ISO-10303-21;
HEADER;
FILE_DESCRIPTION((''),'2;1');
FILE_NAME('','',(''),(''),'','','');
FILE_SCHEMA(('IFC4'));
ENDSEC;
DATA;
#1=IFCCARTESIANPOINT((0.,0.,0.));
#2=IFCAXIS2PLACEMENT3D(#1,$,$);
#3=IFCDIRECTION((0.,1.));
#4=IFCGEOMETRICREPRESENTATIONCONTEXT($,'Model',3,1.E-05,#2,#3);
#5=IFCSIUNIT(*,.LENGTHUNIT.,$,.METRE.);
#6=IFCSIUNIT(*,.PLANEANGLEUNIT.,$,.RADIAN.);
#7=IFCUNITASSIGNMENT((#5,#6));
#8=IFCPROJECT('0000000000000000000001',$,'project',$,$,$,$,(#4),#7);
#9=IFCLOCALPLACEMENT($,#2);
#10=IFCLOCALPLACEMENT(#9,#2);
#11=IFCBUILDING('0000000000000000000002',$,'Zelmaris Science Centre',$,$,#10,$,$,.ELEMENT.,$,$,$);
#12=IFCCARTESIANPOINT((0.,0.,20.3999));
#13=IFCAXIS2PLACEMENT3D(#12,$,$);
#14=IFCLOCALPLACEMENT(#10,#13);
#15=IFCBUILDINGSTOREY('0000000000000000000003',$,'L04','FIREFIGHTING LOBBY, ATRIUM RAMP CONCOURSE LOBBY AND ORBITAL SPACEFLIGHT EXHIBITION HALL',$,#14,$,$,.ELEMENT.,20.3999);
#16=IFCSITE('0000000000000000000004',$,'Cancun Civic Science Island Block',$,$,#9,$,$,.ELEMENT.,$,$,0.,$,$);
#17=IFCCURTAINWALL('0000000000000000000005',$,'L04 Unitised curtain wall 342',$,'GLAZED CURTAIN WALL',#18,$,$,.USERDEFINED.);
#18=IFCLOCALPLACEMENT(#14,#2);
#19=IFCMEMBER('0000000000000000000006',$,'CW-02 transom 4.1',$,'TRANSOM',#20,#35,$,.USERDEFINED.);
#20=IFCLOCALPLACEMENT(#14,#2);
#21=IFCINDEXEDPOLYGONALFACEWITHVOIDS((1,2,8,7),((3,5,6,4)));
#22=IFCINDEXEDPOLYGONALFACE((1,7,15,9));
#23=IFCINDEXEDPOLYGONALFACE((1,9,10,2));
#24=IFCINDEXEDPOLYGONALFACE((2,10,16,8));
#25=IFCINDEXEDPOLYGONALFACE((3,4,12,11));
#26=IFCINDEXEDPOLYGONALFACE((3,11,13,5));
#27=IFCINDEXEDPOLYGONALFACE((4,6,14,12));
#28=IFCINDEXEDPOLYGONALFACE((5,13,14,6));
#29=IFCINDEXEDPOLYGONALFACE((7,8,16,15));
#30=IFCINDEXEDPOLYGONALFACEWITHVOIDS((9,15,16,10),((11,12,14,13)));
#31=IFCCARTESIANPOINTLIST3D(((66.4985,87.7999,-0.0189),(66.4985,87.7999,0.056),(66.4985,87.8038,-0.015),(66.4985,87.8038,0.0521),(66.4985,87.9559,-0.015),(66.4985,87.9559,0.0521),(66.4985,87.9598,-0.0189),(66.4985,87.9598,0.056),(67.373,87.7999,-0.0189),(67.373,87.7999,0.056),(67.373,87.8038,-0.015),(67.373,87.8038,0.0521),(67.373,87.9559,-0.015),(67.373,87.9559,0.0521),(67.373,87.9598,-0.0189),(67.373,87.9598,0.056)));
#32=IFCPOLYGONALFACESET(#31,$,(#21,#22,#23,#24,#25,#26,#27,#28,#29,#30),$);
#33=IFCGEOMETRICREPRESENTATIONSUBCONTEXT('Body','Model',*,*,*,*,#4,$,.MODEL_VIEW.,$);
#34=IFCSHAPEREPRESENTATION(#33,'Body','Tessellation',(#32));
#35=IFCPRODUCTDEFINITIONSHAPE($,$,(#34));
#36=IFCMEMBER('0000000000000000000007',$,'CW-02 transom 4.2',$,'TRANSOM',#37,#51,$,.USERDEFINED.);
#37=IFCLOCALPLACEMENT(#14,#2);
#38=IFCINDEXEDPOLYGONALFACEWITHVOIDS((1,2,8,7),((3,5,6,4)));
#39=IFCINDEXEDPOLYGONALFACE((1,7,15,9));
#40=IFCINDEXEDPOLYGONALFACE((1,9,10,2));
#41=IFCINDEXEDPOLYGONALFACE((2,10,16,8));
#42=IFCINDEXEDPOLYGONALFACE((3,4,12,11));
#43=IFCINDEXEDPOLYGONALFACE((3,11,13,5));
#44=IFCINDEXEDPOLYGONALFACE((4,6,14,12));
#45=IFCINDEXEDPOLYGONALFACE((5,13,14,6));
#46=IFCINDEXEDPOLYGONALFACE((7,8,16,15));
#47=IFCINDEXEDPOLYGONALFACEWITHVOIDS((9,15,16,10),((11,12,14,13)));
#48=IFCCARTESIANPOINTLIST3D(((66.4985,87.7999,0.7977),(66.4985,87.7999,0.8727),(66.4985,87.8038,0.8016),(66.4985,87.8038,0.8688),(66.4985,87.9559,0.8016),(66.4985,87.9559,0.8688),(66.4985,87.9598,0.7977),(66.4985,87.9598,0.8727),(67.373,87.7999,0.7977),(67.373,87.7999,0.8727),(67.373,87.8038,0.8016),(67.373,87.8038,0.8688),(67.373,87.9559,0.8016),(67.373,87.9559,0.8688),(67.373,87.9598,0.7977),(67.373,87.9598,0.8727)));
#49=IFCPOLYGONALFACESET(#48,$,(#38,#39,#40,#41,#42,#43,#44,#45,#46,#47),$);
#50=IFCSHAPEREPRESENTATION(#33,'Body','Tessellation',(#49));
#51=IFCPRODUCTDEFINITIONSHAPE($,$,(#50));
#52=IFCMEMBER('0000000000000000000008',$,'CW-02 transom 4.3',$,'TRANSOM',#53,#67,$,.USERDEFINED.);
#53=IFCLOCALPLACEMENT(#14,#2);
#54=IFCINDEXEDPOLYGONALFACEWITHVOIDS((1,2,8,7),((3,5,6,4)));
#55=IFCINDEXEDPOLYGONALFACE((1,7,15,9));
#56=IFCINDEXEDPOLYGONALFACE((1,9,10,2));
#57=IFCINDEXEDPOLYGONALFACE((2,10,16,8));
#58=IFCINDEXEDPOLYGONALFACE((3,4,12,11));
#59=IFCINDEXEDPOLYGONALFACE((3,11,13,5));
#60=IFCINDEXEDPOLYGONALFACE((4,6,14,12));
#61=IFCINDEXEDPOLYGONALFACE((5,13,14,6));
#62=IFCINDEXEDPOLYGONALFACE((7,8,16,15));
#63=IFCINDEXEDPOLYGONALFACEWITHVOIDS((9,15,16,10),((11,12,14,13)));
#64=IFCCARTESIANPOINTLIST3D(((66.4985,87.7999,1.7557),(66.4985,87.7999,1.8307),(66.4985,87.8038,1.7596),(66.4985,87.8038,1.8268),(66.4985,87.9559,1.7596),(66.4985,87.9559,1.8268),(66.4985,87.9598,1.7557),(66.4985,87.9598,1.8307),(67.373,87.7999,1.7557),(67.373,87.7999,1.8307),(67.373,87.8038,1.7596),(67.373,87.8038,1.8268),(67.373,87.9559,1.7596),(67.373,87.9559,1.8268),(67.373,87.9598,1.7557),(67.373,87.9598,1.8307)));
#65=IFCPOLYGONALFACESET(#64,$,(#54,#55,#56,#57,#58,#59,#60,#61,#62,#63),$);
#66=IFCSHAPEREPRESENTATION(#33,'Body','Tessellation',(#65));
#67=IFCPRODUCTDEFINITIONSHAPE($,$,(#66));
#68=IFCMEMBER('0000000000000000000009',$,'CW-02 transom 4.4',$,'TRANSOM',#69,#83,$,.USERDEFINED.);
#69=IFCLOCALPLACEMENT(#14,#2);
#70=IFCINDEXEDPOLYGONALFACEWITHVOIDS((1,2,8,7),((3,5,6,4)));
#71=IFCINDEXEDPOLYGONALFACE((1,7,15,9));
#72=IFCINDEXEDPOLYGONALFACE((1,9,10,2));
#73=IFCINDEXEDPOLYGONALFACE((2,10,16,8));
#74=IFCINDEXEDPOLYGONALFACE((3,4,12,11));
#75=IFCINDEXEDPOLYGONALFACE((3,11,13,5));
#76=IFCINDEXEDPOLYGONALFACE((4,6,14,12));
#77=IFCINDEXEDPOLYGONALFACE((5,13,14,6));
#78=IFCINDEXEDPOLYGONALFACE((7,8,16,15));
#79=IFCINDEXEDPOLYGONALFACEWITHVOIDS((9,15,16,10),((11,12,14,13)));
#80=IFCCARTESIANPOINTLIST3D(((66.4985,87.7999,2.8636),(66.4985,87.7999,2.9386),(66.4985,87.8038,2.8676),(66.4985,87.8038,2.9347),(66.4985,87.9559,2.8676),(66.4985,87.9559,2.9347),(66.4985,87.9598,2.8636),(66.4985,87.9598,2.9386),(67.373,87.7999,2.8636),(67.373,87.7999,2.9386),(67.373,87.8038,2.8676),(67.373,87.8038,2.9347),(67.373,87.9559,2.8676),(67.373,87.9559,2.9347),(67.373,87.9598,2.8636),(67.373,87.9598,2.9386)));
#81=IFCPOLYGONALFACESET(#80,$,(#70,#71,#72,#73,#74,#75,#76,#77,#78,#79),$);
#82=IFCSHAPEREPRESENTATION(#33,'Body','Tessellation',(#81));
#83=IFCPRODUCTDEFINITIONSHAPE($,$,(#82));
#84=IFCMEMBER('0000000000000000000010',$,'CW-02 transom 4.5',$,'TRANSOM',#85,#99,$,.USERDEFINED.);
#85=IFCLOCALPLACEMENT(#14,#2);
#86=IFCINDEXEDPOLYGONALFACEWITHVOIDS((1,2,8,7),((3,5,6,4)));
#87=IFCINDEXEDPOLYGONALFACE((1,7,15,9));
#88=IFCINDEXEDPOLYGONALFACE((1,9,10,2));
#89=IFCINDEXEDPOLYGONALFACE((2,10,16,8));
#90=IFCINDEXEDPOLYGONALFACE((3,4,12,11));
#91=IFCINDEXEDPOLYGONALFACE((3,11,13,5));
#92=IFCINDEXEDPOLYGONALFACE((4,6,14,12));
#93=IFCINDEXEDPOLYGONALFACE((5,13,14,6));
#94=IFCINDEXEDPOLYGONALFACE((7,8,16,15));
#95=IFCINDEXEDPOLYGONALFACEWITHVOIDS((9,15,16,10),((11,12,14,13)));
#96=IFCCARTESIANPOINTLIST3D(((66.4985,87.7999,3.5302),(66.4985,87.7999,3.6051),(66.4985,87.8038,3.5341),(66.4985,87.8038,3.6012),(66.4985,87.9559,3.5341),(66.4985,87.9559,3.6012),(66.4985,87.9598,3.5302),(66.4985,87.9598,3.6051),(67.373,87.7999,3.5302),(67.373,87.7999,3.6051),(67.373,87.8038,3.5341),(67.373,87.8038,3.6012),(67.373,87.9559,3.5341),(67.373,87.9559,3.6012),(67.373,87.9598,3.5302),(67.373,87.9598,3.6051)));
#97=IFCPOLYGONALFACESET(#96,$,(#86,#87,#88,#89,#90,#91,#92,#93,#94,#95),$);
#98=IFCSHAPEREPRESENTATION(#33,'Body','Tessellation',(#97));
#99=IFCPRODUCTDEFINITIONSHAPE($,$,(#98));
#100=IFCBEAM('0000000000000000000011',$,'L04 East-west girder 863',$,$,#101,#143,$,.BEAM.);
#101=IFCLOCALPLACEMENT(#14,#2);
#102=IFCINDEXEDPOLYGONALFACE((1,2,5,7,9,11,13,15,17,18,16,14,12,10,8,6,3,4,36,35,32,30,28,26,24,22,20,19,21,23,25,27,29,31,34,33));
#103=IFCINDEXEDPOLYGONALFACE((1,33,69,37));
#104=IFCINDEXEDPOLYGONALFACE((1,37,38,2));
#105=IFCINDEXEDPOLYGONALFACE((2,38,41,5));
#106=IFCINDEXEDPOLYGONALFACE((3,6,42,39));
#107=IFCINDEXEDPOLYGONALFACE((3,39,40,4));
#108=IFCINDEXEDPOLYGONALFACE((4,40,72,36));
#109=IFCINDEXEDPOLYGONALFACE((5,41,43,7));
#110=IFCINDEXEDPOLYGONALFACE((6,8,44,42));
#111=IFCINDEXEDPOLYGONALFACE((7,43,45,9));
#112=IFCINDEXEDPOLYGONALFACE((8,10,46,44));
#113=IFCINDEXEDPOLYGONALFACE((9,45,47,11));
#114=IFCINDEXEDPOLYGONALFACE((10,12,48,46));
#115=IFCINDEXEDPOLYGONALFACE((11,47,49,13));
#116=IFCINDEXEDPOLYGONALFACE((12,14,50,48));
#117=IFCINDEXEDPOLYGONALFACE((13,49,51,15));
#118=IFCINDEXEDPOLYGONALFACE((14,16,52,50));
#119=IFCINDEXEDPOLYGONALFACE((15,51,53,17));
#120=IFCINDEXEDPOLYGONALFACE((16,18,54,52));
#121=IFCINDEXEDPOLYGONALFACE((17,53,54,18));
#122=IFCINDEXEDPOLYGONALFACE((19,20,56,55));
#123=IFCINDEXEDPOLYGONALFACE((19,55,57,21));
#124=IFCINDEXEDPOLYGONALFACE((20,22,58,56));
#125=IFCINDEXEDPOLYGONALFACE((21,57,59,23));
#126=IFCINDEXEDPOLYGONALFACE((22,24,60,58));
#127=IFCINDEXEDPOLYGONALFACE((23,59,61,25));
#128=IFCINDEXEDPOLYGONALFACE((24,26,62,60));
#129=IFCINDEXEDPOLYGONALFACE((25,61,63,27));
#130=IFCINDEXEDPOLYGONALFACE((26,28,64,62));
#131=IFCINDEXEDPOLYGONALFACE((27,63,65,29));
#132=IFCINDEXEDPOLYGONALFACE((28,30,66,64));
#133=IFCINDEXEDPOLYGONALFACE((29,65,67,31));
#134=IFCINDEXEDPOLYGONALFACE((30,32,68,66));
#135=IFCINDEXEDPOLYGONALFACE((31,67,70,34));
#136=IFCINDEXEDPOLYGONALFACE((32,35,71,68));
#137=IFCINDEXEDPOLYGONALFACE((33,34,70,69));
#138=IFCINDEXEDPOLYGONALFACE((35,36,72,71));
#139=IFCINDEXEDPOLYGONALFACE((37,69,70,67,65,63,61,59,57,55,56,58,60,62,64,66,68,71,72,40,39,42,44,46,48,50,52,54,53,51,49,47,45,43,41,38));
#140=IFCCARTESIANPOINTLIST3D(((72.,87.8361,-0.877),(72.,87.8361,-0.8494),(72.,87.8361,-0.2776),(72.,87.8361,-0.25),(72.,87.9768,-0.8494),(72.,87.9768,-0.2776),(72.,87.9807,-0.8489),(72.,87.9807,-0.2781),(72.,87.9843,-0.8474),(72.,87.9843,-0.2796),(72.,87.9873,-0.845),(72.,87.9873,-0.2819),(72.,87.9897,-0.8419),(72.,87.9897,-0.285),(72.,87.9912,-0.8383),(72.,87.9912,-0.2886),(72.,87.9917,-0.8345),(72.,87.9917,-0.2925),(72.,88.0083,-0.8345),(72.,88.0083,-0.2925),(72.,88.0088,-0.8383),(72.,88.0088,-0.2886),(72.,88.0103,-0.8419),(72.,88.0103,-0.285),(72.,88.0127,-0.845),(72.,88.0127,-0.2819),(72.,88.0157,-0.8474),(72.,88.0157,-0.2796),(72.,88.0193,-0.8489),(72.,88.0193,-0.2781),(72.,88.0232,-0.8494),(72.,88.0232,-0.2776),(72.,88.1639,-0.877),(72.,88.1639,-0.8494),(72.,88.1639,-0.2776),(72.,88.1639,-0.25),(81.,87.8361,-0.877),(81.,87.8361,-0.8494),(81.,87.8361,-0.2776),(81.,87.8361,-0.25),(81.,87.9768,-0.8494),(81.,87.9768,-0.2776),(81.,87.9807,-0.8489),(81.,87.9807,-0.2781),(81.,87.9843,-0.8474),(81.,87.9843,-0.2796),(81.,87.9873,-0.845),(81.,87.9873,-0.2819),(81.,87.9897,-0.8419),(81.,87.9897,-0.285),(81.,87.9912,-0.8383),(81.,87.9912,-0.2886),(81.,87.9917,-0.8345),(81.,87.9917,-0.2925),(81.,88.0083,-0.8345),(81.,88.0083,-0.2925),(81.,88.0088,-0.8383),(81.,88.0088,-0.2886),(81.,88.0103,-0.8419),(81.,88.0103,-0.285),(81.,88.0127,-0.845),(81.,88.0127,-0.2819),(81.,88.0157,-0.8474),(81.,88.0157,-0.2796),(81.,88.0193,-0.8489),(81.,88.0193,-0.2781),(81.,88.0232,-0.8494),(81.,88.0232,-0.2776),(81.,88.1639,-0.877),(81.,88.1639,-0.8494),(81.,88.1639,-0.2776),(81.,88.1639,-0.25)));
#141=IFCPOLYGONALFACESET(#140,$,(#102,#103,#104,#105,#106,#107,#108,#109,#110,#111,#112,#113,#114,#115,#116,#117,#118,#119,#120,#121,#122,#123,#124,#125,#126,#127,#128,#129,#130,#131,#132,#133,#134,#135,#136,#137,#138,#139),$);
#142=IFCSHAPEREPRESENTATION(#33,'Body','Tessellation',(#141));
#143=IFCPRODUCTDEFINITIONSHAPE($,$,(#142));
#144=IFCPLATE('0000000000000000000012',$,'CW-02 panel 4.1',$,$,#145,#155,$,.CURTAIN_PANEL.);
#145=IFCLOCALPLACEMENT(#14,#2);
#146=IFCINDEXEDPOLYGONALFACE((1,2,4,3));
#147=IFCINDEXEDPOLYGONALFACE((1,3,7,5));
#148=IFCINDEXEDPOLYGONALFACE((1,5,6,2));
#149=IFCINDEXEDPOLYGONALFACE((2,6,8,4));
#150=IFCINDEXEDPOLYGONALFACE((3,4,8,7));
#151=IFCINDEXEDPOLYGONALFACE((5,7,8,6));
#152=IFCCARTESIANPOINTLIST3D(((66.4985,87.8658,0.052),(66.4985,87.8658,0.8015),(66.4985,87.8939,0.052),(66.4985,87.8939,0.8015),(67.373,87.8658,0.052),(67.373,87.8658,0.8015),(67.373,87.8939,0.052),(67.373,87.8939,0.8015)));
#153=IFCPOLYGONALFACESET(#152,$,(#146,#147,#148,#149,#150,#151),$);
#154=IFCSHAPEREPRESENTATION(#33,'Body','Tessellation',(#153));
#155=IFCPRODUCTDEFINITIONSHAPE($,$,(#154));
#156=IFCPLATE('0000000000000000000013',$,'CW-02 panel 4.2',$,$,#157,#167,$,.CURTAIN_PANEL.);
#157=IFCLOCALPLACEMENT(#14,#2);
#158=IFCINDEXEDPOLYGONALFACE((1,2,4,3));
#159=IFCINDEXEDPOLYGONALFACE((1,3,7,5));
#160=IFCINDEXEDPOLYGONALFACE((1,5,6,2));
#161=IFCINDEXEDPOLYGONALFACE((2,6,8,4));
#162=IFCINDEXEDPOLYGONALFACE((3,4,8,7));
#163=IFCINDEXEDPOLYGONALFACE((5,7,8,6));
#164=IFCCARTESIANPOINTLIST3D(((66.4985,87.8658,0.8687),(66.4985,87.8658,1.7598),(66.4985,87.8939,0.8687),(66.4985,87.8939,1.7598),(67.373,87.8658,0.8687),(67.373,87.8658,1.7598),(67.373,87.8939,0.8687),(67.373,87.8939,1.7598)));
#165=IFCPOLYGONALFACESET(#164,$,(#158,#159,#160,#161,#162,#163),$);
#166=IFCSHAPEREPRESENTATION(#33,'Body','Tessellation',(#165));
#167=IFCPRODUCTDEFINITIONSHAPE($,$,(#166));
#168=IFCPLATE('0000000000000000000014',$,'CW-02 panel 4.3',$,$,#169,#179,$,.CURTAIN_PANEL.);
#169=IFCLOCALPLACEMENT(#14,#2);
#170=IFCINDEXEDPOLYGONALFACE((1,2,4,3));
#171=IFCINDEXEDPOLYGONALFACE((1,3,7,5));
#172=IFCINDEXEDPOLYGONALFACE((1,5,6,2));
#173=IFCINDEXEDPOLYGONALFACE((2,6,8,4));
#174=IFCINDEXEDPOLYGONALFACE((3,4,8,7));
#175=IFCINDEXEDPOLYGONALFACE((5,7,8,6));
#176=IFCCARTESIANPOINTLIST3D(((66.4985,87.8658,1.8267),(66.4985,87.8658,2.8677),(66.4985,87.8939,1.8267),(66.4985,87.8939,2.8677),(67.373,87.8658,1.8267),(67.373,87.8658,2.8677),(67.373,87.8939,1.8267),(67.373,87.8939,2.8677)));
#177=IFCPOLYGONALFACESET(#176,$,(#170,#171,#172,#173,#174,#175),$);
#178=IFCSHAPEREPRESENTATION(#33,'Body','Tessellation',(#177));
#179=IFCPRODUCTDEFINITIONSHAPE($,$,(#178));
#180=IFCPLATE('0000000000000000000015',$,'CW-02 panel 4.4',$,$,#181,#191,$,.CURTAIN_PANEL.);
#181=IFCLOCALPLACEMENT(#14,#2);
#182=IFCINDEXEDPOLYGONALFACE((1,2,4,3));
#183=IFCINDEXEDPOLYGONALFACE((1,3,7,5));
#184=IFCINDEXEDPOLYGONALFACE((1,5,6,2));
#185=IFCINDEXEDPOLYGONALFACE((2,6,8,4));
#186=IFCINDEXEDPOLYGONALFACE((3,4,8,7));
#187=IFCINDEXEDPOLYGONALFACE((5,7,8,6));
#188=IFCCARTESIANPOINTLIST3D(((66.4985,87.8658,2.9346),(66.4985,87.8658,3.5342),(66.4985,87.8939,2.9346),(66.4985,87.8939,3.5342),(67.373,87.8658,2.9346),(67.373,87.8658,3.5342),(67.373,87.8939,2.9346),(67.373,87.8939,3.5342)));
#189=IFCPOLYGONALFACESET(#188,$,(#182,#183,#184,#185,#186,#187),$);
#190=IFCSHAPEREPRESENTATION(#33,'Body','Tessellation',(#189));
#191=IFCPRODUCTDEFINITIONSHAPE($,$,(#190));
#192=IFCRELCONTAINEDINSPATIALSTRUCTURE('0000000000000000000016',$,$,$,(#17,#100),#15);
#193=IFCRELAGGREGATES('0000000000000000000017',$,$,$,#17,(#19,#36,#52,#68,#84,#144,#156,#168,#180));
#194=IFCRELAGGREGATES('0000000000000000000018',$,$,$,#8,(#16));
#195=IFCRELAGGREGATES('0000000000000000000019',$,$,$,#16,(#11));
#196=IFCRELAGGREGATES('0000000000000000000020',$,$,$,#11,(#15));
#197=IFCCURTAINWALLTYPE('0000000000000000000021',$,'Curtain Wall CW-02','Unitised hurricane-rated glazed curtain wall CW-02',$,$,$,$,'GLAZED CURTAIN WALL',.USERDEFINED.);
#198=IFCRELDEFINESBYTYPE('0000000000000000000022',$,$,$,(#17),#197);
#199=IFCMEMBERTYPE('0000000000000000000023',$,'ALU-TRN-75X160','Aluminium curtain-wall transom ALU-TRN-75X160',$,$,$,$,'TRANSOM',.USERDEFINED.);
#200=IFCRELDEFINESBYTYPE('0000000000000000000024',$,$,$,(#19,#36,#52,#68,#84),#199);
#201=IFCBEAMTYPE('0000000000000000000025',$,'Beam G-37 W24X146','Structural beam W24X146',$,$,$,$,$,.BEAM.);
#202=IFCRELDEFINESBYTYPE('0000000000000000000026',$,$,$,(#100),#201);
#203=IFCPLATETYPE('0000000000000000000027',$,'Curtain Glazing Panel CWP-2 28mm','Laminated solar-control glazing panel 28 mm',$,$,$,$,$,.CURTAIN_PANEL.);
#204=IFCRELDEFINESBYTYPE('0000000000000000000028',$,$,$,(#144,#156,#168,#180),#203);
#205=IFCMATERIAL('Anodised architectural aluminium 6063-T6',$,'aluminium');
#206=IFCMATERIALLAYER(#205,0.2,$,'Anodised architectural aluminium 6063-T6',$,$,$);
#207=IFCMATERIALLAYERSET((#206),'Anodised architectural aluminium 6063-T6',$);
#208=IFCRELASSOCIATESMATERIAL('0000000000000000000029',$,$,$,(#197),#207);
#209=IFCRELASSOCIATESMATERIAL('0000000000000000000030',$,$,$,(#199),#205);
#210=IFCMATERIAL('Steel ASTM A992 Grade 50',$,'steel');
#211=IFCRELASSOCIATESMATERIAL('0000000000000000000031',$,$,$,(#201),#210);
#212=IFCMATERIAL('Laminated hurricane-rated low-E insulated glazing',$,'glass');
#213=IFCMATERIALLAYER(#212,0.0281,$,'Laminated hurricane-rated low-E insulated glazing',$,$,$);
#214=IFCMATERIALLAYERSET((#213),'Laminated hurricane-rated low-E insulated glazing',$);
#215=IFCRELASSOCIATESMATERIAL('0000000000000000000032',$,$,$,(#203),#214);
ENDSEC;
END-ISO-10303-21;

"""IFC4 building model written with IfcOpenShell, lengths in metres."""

from ifc_helpers import new_model, si_unit, direction, frame, origin, origin_2d, place, context, subcontext, project, spatial, rectangle, hollow_rectangle, i_section, extrude, material, layer, layer_set, material_profile, profile_set, type_object, element, aggregate, save


model = new_model("IFC4")

# Units and contexts
model_context = context("Model", 3, precision=1e-05, world=origin(), true_north=direction((0.0, 1.0)))
body_context = subcontext(model_context, "Body", "Model", "MODEL_VIEW")
ifc_project = project(units=[si_unit("LENGTHUNIT", "METRE"), si_unit("PLANEANGLEUNIT", "RADIAN")], contexts=[model_context])

# Site, building, storey
site_placement = place(None, origin())
site = spatial("IfcSite", under=ifc_project, at=site_placement, Name="Cancun Civic Science Island Block", CompositionType="ELEMENT", RefElevation=0.0)
building_placement = place(site_placement, origin())
building = spatial("IfcBuilding", under=site, at=building_placement, Name="Zelmaris Science Centre", CompositionType="ELEMENT")
storey_placement = place(building_placement, frame((0.0, 0.0, 20.3999)))
storey = spatial("IfcBuildingStorey", under=building, at=storey_placement, Name="L04", Description="FIREFIGHTING LOBBY, ATRIUM RAMP CONCOURSE LOBBY AND ORBITAL SPACEFLIGHT EXHIBITION HALL", CompositionType="ELEMENT", Elevation=20.3999)

# Shared definitions
ifc_material_1 = material(Name="Steel ASTM A992 Grade 50", Category="steel")

# Shared definitions
ifc_material_2 = material(Name="Anodised architectural aluminium 6063-T6", Category="aluminium")

# Curtain wall
ifc_layer_1 = layer(ifc_material_2, 0.2, Name="Anodised architectural aluminium 6063-T6")
ifc_layer_set_1 = layer_set([ifc_layer_1], Name="Anodised architectural aluminium 6063-T6")
curtain_wall_type_1 = type_object("IfcCurtainWallType", Name="Curtain Wall CW-02", Description="Unitised hurricane-rated glazed curtain wall CW-02", ElementType="GLAZED CURTAIN WALL", PredefinedType="USERDEFINED", material=ifc_layer_set_1)
curtain_wall_1_placement = place(storey_placement, origin())
curtain_wall_1 = element("IfcCurtainWall", 1, at=curtain_wall_1_placement, inside=storey, type_object=curtain_wall_type_1, Name="L04 Unitised curtain wall 342", ObjectType="GLAZED CURTAIN WALL", PredefinedType="USERDEFINED")

# Members
ifc_material_profile_1 = material_profile(ifc_material_2, hollow_rectangle(XDim=0.075, YDim=0.1599, WallThickness=0.0039, at=origin_2d()), Name="ALU-TRN-75X160")
ifc_profile_set_1 = profile_set([ifc_material_profile_1], Name="Anodised architectural aluminium 6063-T6")
member_type_1 = type_object("IfcMemberType", Name="ALU-TRN-75X160", Description="Aluminium curtain-wall transom ALU-TRN-75X160", ElementType="TRANSOM", PredefinedType="USERDEFINED", material=ifc_profile_set_1)
member_1_placement = place(storey_placement, frame((66.4985, 87.8799, 0.0186), z_axis=(1.0, 0.0, 0.0), x_axis=(0.0, 0.0, 1.0)))
member_1 = element("IfcMember", 2, at=member_1_placement, type_object=member_type_1, Name="CW-02 transom 4.1", ObjectType="TRANSOM", PredefinedType="USERDEFINED", context=body_context, shape_type="SweptSolid", body=[
    extrude(hollow_rectangle(XDim=0.075, YDim=0.1599, WallThickness=0.0039, at=origin_2d()), origin(), (0.0, 0.0, 1.0), 0.8745),
])
member_2_placement = place(storey_placement, frame((66.4985, 87.8799, 0.8352), z_axis=(1.0, 0.0, 0.0), x_axis=(0.0, 0.0, 1.0)))
member_2 = element("IfcMember", 3, at=member_2_placement, type_object=member_type_1, Name="CW-02 transom 4.2", ObjectType="TRANSOM", PredefinedType="USERDEFINED", context=body_context, shape_type="SweptSolid", body=[
    extrude(hollow_rectangle(XDim=0.075, YDim=0.1599, WallThickness=0.0039, at=origin_2d()), origin(), (0.0, 0.0, 1.0), 0.8745),
])
member_3_placement = place(storey_placement, frame((66.4985, 87.8799, 1.7932), z_axis=(1.0, 0.0, 0.0), x_axis=(0.0, 0.0, 1.0)))
member_3 = element("IfcMember", 4, at=member_3_placement, type_object=member_type_1, Name="CW-02 transom 4.3", ObjectType="TRANSOM", PredefinedType="USERDEFINED", context=body_context, shape_type="SweptSolid", body=[
    extrude(hollow_rectangle(XDim=0.075, YDim=0.1599, WallThickness=0.0039, at=origin_2d()), origin(), (0.0, 0.0, 1.0), 0.8745),
])
member_4_placement = place(storey_placement, frame((66.4985, 87.8799, 2.9011), z_axis=(1.0, 0.0, 0.0), x_axis=(0.0, 0.0, 1.0)))
member_4 = element("IfcMember", 5, at=member_4_placement, type_object=member_type_1, Name="CW-02 transom 4.4", ObjectType="TRANSOM", PredefinedType="USERDEFINED", context=body_context, shape_type="SweptSolid", body=[
    extrude(hollow_rectangle(XDim=0.075, YDim=0.1599, WallThickness=0.0039, at=origin_2d()), origin(), (0.0, 0.0, 1.0), 0.8745),
])
member_5_placement = place(storey_placement, frame((66.4985, 87.8799, 3.5676), z_axis=(1.0, 0.0, 0.0), x_axis=(0.0, 0.0, 1.0)))
member_5 = element("IfcMember", 6, at=member_5_placement, type_object=member_type_1, Name="CW-02 transom 4.5", ObjectType="TRANSOM", PredefinedType="USERDEFINED", context=body_context, shape_type="SweptSolid", body=[
    extrude(hollow_rectangle(XDim=0.075, YDim=0.1599, WallThickness=0.0039, at=origin_2d()), origin(), (0.0, 0.0, 1.0), 0.8745),
])

# Beam
ifc_material_profile_2 = material_profile(ifc_material_1, i_section(OverallWidth=0.3279, OverallDepth=0.627, WebThickness=0.0166, FlangeThickness=0.0276, FilletRadius=0.0149, at=origin_2d()), Name="W24X146")
ifc_profile_set_2 = profile_set([ifc_material_profile_2], Name="Steel ASTM A992 Grade 50")
beam_type = type_object("IfcBeamType", Name="Beam G-37 W24X146", Description="Structural beam W24X146", PredefinedType="BEAM", material=ifc_profile_set_2)
beam_placement = place(storey_placement, frame((72.0, 88.0, -0.5635), z_axis=(1.0, 0.0, 0.0), x_axis=(0.0, 1.0, 0.0)))
element("IfcBeam", 7, at=beam_placement, inside=storey, type_object=beam_type, Name="L04 East-west girder 863", PredefinedType="BEAM", context=body_context, shape_type="SweptSolid", body=[
    extrude(i_section(OverallWidth=0.3279, OverallDepth=0.627, WebThickness=0.0166, FlangeThickness=0.0276, FilletRadius=0.0149, at=origin_2d()), origin(), (0.0, 0.0, 1.0), 9.0),
])

# Plates
ifc_material_3 = material(Name="Laminated hurricane-rated low-E insulated glazing", Category="glass")
ifc_layer_2 = layer(ifc_material_3, 0.0281, Name="Laminated hurricane-rated low-E insulated glazing")
ifc_layer_set_2 = layer_set([ifc_layer_2], Name="Laminated hurricane-rated low-E insulated glazing")
plate_type_1 = type_object("IfcPlateType", Name="Curtain Glazing Panel CWP-2 28mm", Description="Laminated solar-control glazing panel 28 mm", PredefinedType="CURTAIN_PANEL", material=ifc_layer_set_2)
plate_1_placement = place(storey_placement, frame((66.9358, 87.8799, 0.052), z_axis=(0.0, 0.0, 1.0), x_axis=(1.0, 0.0, 0.0)))
plate_1 = element("IfcPlate", 8, at=plate_1_placement, type_object=plate_type_1, Name="CW-02 panel 4.1", PredefinedType="CURTAIN_PANEL", context=body_context, shape_type="SweptSolid", body=[
    extrude(rectangle(XDim=0.8745, YDim=0.0281, at=origin_2d()), origin(), (0.0, 0.0, 1.0), 0.7495),
])
plate_2_placement = place(storey_placement, frame((66.9358, 87.8799, 0.8687), z_axis=(0.0, 0.0, 1.0), x_axis=(1.0, 0.0, 0.0)))
plate_2 = element("IfcPlate", 9, at=plate_2_placement, type_object=plate_type_1, Name="CW-02 panel 4.2", PredefinedType="CURTAIN_PANEL", context=body_context, shape_type="SweptSolid", body=[
    extrude(rectangle(XDim=0.8745, YDim=0.0281, at=origin_2d()), origin(), (0.0, 0.0, 1.0), 0.8911),
])
plate_3_placement = place(storey_placement, frame((66.9358, 87.8799, 1.8267), z_axis=(0.0, 0.0, 1.0), x_axis=(1.0, 0.0, 0.0)))
plate_3 = element("IfcPlate", 10, at=plate_3_placement, type_object=plate_type_1, Name="CW-02 panel 4.3", PredefinedType="CURTAIN_PANEL", context=body_context, shape_type="SweptSolid", body=[
    extrude(rectangle(XDim=0.8745, YDim=0.0281, at=origin_2d()), origin(), (0.0, 0.0, 1.0), 1.041),
])
plate_4_placement = place(storey_placement, frame((66.9358, 87.8799, 2.9346), z_axis=(0.0, 0.0, 1.0), x_axis=(1.0, 0.0, 0.0)))
plate_4 = element("IfcPlate", 11, at=plate_4_placement, type_object=plate_type_1, Name="CW-02 panel 4.4", PredefinedType="CURTAIN_PANEL", context=body_context, shape_type="SweptSolid", body=[
    extrude(rectangle(XDim=0.8745, YDim=0.0281, at=origin_2d()), origin(), (0.0, 0.0, 1.0), 0.5996),
])
aggregate(curtain_wall_1, [member_1, member_2, member_3, member_4, member_5, plate_1, plate_2, plate_3, plate_4])

save(model, "model.ifc")
